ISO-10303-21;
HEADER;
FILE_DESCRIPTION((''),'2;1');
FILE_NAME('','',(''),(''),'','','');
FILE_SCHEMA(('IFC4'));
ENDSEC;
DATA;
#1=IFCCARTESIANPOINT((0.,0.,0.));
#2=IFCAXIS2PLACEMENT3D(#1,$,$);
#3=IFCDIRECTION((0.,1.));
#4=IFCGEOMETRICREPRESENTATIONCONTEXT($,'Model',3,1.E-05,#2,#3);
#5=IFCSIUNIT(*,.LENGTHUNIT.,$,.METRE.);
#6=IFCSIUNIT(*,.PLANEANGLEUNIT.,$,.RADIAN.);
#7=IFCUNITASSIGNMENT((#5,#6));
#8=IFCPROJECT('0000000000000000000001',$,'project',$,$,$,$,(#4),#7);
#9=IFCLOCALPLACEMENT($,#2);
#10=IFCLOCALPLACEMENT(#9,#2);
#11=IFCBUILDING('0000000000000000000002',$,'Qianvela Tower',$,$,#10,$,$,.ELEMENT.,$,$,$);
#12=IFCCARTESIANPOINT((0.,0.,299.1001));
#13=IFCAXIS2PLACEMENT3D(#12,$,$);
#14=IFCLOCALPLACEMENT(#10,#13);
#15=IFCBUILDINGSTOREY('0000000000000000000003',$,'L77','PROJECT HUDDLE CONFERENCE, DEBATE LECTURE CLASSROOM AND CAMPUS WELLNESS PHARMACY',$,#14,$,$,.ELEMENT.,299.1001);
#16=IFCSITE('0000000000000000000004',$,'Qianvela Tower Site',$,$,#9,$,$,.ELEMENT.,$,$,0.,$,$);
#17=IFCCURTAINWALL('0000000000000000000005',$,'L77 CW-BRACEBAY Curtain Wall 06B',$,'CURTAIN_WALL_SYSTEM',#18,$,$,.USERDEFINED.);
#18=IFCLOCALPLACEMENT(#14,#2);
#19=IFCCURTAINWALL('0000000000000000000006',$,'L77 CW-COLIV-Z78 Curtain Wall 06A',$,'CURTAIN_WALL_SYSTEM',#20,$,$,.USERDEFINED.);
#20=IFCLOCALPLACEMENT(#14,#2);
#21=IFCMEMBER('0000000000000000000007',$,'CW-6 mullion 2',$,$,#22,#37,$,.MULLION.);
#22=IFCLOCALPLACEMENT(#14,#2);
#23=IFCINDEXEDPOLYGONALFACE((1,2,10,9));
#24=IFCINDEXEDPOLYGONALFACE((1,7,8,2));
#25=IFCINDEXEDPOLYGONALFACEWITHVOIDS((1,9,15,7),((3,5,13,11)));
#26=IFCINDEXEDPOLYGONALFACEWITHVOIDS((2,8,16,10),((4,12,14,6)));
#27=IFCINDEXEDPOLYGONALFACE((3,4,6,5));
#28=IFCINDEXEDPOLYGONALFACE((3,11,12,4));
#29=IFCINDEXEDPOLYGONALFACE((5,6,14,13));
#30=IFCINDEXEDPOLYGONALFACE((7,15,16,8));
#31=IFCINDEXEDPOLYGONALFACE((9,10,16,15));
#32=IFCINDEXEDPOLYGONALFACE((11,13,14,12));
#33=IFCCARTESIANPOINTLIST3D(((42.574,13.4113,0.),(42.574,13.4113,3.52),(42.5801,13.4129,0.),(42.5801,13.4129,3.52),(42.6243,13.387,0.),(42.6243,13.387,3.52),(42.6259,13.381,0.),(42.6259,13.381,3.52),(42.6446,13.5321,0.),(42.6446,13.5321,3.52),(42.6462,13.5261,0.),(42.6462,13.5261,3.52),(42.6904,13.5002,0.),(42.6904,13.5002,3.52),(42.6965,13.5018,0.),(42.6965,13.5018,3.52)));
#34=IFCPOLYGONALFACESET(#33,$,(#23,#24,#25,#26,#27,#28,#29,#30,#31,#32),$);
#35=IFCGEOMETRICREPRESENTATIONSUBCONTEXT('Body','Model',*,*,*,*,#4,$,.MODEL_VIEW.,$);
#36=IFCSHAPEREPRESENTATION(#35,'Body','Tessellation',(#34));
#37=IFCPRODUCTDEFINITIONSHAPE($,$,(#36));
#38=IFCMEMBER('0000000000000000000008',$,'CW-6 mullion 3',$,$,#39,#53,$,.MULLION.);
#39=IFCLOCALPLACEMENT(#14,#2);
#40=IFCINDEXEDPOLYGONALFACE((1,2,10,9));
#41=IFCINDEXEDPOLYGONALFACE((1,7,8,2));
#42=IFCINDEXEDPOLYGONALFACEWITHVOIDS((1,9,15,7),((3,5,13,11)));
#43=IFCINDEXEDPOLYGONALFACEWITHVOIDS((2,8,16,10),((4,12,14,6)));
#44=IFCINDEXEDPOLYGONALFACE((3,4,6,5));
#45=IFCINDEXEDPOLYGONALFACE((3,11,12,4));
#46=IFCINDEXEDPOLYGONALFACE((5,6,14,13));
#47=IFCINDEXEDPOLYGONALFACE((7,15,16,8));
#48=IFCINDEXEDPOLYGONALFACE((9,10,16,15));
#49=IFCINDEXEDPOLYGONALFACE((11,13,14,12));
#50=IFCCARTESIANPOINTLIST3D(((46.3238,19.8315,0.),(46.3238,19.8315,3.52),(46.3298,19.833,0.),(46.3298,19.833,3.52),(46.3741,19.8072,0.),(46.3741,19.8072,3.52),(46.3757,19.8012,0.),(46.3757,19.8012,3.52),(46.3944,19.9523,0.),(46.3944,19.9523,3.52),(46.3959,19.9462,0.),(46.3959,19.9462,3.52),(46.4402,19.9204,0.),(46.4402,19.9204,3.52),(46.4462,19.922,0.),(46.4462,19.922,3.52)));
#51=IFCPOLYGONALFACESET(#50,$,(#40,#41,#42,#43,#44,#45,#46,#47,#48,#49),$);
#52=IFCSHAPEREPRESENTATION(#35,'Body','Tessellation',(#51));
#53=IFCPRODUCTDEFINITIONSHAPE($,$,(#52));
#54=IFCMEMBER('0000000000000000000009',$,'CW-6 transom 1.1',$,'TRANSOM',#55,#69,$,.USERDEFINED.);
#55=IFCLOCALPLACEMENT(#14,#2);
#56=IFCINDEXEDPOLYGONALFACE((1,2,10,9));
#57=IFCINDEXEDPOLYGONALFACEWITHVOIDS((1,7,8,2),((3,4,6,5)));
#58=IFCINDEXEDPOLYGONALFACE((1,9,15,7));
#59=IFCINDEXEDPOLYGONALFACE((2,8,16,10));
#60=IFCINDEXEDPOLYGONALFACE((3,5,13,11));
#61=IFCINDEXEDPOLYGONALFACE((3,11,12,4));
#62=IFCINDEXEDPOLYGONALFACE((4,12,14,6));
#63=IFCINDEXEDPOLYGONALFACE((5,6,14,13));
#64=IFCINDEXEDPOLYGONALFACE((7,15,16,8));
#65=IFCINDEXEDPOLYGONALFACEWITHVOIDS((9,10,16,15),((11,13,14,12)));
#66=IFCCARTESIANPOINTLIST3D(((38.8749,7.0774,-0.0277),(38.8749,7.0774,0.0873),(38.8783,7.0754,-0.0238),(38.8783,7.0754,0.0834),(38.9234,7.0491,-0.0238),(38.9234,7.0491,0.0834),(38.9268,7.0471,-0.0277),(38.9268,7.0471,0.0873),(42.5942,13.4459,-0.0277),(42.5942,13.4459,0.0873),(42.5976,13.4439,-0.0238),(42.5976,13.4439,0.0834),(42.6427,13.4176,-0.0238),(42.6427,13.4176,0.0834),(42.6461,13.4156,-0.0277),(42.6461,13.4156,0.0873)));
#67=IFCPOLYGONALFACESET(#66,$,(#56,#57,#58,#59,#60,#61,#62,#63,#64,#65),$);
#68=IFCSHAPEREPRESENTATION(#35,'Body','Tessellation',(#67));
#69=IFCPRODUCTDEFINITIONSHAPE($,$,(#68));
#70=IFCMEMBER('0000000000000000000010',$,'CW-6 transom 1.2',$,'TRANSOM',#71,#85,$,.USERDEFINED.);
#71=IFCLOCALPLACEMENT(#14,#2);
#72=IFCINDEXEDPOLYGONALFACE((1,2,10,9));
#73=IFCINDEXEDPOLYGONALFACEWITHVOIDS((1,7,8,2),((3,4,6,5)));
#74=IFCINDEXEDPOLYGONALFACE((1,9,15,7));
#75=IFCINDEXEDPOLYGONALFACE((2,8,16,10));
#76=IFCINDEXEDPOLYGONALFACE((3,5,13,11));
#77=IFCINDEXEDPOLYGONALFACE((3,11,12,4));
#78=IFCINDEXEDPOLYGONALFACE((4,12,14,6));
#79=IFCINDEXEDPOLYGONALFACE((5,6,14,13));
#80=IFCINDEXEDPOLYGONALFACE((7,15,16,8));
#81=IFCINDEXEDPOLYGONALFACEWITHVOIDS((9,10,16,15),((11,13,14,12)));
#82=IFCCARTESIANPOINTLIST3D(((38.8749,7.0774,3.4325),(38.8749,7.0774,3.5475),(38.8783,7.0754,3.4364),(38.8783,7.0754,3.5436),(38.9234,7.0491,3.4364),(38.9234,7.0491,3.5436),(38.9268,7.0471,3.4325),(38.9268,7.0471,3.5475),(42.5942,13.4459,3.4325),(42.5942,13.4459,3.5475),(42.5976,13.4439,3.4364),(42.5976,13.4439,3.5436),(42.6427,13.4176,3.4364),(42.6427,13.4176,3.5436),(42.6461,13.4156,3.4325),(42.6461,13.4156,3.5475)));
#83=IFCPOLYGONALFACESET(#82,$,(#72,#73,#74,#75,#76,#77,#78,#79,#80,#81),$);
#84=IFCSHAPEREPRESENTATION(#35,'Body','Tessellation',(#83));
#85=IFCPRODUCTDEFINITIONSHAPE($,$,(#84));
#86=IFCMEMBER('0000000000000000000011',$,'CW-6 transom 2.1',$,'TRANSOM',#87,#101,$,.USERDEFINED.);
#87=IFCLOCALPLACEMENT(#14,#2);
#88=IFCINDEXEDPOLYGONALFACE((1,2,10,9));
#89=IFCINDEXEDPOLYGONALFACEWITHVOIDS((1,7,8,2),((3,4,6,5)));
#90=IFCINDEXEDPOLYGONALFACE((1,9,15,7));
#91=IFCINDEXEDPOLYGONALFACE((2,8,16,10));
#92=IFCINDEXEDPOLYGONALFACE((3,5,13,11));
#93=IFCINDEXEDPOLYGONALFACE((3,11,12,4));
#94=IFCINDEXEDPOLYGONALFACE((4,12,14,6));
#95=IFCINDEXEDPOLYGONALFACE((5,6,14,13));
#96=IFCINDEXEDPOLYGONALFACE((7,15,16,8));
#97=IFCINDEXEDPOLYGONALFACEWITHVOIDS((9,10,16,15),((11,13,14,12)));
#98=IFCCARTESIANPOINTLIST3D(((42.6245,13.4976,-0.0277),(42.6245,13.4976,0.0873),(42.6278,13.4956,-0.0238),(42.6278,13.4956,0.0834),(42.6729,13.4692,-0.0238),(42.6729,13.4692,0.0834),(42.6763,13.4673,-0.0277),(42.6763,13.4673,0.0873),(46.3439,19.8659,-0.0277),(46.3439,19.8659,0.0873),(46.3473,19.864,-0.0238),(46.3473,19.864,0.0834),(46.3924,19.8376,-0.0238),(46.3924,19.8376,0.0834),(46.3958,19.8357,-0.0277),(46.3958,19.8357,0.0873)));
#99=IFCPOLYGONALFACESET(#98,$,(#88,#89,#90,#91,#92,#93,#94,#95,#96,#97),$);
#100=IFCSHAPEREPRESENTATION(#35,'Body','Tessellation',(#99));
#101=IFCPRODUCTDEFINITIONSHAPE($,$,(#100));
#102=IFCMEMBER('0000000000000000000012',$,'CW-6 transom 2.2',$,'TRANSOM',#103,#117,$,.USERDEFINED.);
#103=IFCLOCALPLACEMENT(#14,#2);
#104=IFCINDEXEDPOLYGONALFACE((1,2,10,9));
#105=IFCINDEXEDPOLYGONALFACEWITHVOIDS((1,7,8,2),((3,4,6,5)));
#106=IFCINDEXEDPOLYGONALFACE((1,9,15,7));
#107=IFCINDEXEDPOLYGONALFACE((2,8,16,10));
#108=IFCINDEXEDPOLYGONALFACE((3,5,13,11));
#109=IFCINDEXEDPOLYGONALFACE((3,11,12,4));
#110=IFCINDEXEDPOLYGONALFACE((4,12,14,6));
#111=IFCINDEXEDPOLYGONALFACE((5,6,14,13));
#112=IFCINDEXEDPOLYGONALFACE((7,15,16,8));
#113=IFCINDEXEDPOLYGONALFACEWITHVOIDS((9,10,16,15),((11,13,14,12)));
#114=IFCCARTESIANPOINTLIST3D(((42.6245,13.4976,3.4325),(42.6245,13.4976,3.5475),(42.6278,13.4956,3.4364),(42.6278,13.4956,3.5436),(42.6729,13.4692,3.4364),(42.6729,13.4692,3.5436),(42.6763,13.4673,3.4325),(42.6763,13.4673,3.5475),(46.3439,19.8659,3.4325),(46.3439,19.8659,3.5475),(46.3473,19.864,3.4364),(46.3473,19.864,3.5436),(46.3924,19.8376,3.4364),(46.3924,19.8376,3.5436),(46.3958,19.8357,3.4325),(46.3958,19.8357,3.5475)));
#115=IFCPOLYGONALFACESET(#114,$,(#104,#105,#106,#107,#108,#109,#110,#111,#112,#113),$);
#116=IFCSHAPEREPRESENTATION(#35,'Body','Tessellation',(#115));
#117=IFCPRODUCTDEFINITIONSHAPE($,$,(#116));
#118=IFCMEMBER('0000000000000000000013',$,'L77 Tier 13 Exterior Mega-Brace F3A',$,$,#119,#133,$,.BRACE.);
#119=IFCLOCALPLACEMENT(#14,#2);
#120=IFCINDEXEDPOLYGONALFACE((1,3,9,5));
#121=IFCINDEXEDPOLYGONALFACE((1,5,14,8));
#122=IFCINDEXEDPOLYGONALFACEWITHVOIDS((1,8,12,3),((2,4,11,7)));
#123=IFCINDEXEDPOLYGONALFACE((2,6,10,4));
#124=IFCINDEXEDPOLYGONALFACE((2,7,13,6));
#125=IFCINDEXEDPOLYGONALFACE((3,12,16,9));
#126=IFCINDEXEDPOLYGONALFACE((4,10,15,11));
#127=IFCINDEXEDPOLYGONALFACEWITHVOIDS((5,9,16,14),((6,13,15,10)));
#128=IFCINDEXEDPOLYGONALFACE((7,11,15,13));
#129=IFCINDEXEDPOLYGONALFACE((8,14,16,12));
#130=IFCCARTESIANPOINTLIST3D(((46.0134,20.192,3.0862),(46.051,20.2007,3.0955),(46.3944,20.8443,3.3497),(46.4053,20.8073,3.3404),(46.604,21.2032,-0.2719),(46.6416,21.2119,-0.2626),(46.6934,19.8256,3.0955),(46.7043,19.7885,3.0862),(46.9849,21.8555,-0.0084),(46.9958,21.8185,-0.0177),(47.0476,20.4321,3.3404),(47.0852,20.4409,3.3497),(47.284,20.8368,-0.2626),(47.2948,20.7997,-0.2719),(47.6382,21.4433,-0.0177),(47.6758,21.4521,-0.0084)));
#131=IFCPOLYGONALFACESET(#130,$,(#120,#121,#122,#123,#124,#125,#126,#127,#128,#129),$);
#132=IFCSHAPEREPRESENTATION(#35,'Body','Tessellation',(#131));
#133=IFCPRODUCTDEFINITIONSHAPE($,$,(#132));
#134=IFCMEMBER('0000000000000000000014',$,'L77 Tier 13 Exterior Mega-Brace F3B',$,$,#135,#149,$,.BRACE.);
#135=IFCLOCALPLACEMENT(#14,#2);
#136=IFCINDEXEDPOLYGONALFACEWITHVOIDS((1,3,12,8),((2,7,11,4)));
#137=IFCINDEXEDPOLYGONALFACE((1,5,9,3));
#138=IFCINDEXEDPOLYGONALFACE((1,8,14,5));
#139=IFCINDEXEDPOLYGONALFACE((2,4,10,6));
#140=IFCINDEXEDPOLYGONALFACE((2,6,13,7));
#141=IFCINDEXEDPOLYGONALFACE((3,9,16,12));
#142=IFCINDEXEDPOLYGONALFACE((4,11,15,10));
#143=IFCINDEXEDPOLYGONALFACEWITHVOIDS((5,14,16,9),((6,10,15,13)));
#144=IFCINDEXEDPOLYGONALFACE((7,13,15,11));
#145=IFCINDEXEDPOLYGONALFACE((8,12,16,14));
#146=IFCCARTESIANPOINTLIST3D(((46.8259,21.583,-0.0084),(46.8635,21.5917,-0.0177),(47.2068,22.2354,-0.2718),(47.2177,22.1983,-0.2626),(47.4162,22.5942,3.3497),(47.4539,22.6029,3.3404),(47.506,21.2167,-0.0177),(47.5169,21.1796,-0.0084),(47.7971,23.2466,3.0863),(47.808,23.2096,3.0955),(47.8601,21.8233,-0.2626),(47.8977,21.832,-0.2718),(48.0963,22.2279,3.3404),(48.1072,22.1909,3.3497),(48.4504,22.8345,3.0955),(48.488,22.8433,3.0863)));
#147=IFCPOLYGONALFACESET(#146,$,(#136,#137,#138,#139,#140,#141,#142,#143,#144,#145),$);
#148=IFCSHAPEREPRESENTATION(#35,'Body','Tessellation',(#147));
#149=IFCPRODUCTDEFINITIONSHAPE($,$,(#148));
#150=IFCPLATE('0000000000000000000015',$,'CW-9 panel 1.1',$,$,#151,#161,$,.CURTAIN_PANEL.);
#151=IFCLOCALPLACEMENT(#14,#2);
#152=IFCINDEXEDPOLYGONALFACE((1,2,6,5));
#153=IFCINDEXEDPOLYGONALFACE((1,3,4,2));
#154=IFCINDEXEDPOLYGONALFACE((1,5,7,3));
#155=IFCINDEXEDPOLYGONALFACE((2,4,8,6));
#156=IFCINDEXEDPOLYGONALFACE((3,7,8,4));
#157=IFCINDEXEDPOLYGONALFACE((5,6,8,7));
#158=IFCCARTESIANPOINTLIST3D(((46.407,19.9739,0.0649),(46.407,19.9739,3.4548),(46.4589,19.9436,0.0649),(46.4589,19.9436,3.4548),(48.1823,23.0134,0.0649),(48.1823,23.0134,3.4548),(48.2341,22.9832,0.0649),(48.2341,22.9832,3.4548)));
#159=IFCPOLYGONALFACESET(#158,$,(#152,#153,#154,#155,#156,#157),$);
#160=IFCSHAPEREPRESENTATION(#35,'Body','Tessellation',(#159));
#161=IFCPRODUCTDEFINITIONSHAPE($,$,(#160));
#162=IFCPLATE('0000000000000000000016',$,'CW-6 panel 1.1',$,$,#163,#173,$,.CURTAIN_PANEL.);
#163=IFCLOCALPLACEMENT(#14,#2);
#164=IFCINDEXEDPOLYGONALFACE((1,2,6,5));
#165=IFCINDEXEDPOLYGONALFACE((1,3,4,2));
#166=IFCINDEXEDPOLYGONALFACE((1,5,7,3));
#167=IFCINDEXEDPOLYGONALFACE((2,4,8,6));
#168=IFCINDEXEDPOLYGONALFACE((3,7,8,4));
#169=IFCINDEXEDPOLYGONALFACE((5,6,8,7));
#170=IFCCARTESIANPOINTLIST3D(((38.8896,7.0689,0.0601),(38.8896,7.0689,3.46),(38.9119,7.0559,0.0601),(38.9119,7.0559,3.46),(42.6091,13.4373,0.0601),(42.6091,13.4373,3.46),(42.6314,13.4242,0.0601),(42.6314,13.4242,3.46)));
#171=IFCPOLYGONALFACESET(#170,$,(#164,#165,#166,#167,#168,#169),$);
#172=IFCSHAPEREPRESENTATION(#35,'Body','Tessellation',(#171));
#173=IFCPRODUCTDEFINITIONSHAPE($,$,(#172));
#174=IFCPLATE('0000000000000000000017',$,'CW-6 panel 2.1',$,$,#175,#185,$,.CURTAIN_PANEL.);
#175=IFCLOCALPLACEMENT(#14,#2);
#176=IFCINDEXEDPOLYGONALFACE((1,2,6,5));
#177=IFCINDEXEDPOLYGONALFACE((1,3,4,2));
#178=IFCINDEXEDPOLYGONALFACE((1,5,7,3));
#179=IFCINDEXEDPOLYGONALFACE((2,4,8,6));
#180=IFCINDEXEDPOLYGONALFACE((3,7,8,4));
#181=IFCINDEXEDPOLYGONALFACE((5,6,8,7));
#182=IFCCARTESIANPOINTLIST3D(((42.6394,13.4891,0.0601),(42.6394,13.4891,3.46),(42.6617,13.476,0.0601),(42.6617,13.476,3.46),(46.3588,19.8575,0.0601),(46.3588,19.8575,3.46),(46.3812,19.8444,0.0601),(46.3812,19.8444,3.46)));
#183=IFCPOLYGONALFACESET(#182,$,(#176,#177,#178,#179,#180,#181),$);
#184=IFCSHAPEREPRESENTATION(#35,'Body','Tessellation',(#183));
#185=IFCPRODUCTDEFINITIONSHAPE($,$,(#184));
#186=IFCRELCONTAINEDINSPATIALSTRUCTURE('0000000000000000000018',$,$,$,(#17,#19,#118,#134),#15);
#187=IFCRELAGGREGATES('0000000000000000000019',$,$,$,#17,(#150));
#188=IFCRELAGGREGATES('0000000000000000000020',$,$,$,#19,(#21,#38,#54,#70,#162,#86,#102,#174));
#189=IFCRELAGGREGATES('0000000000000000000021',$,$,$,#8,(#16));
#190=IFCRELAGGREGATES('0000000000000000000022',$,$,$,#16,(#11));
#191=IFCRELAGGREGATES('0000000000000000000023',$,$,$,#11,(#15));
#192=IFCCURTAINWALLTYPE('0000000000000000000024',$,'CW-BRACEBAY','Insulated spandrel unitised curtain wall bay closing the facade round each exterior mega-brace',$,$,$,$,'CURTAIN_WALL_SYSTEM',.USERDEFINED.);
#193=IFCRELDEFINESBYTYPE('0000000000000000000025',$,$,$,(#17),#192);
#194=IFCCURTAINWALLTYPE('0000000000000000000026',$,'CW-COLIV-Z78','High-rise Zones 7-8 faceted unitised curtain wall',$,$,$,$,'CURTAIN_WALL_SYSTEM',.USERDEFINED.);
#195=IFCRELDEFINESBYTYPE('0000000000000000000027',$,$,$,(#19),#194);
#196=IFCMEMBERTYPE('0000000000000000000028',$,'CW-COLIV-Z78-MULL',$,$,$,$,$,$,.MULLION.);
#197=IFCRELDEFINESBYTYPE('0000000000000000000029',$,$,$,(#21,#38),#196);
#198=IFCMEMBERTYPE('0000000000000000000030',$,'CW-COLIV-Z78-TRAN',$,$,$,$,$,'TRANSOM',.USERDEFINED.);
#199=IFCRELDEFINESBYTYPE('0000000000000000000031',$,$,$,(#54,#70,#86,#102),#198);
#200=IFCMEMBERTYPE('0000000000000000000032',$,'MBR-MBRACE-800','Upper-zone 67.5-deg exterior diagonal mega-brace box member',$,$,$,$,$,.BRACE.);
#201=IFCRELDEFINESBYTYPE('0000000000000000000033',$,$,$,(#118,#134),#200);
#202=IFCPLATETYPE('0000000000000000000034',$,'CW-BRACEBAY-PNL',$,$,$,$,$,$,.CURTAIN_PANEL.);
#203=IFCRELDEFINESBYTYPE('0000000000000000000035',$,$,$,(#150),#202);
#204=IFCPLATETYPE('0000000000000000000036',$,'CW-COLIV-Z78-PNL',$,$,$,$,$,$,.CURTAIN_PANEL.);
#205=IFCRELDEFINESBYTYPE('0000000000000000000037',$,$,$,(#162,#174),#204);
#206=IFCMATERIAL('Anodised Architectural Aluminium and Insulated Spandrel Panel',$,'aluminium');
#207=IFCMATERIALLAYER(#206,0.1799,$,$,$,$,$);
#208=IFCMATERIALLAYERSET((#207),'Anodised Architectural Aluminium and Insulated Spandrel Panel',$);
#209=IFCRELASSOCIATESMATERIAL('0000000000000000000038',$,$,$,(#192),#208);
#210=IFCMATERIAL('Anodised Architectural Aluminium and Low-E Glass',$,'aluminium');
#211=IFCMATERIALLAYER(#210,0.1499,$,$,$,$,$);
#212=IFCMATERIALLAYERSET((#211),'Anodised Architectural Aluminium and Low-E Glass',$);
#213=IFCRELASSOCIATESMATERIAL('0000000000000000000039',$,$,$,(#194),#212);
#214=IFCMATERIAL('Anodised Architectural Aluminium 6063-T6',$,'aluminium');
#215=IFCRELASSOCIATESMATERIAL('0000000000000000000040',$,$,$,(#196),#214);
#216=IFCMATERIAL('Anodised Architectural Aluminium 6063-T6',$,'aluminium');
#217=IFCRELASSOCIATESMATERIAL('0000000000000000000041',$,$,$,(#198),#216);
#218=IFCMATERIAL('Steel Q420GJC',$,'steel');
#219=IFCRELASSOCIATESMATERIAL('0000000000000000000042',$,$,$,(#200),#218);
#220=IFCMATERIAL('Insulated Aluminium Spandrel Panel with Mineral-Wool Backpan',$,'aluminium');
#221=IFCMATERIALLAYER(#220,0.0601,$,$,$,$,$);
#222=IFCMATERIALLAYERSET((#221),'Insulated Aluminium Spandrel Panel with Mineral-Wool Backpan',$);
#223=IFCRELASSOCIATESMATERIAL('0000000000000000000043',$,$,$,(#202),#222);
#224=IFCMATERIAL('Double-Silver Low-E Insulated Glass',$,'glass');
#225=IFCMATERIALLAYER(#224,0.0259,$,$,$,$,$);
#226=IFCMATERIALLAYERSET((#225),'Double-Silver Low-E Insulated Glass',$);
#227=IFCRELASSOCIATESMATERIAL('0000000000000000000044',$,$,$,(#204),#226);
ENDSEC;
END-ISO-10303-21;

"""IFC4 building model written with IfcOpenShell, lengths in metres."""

from ifc_helpers import new_model, si_unit, direction, frame, origin, origin_2d, place, context, subcontext, project, spatial, rectangle, hollow_rectangle, extrude, material, layer, layer_set, material_profile, profile_set, type_object, element, aggregate, save


model = new_model("IFC4")

# Units and contexts
model_context = context("Model", 3, precision=1e-05, world=origin(), true_north=direction((0.0, 1.0)))
body_context = subcontext(model_context, "Body", "Model", "MODEL_VIEW")
ifc_project = project(units=[si_unit("LENGTHUNIT", "METRE"), si_unit("PLANEANGLEUNIT", "RADIAN")], contexts=[model_context])

# Site, building, storey
site_placement = place(None, origin())
site = spatial("IfcSite", under=ifc_project, at=site_placement, Name="Qianvela Tower Site", CompositionType="ELEMENT", RefElevation=0.0)
building_placement = place(site_placement, origin())
building = spatial("IfcBuilding", under=site, at=building_placement, Name="Qianvela Tower", CompositionType="ELEMENT")
storey_placement = place(building_placement, frame((0.0, 0.0, 299.1001)))
storey = spatial("IfcBuildingStorey", under=building, at=storey_placement, Name="L77", Description="PROJECT HUDDLE CONFERENCE, DEBATE LECTURE CLASSROOM AND CAMPUS WELLNESS PHARMACY", CompositionType="ELEMENT", Elevation=299.1001)

# Curtain walls, members
ifc_material_1 = material(Name="Anodised Architectural Aluminium and Insulated Spandrel Panel", Category="aluminium")
ifc_layer_1 = layer(ifc_material_1, 0.1799)
ifc_layer_set_1 = layer_set([ifc_layer_1], Name="Anodised Architectural Aluminium and Insulated Spandrel Panel")
curtain_wall_type_1 = type_object("IfcCurtainWallType", Name="CW-BRACEBAY", Description="Insulated spandrel unitised curtain wall bay closing the facade round each exterior mega-brace", ElementType="CURTAIN_WALL_SYSTEM", PredefinedType="USERDEFINED", material=ifc_layer_set_1)
curtain_wall_1_placement = place(storey_placement, origin())
curtain_wall_1 = element("IfcCurtainWall", 1, at=curtain_wall_1_placement, inside=storey, type_object=curtain_wall_type_1, Name="L77 CW-BRACEBAY Curtain Wall 06B", ObjectType="CURTAIN_WALL_SYSTEM", PredefinedType="USERDEFINED")
ifc_material_2 = material(Name="Anodised Architectural Aluminium and Low-E Glass", Category="aluminium")
ifc_layer_2 = layer(ifc_material_2, 0.1499)
ifc_layer_set_2 = layer_set([ifc_layer_2], Name="Anodised Architectural Aluminium and Low-E Glass")
curtain_wall_type_2 = type_object("IfcCurtainWallType", Name="CW-COLIV-Z78", Description="High-rise Zones 7-8 faceted unitised curtain wall", ElementType="CURTAIN_WALL_SYSTEM", PredefinedType="USERDEFINED", material=ifc_layer_set_2)
curtain_wall_2_placement = place(storey_placement, origin())
curtain_wall_2 = element("IfcCurtainWall", 2, at=curtain_wall_2_placement, inside=storey, type_object=curtain_wall_type_2, Name="L77 CW-COLIV-Z78 Curtain Wall 06A", ObjectType="CURTAIN_WALL_SYSTEM", PredefinedType="USERDEFINED")
ifc_material_3 = material(Name="Anodised Architectural Aluminium 6063-T6", Category="aluminium")
ifc_material_profile_1 = material_profile(ifc_material_3, hollow_rectangle(XDim=0.0601, YDim=0.1399, WallThickness=0.0044, at=origin_2d()), Name="ALU-MULL-60x140")
ifc_profile_set_1 = profile_set([ifc_material_profile_1], Name="Anodised Architectural Aluminium 6063-T6")
member_type_1 = type_object("IfcMemberType", Name="CW-COLIV-Z78-MULL", PredefinedType="MULLION", material=ifc_profile_set_1)
member_1_placement = place(storey_placement, frame((42.6353, 13.4565, 0.0), z_axis=(0.0, 0.0, 1.0), x_axis=(-0.863509, 0.504333, 0.0)))
member_1 = element("IfcMember", 3, at=member_1_placement, type_object=member_type_1, Name="CW-6 mullion 2", PredefinedType="MULLION", context=body_context, shape_type="SweptSolid", body=[
    extrude(hollow_rectangle(XDim=0.0601, YDim=0.1399, WallThickness=0.0044, at=origin_2d()), origin(), (0.0, 0.0, 1.0), 3.52),
])
member_2_placement = place(storey_placement, frame((46.385, 19.8767, 0.0), z_axis=(0.0, 0.0, 1.0), x_axis=(-0.863509, 0.504333, 0.0)))
member_2 = element("IfcMember", 4, at=member_2_placement, type_object=member_type_1, Name="CW-6 mullion 3", PredefinedType="MULLION", context=body_context, shape_type="SweptSolid", body=[
    extrude(hollow_rectangle(XDim=0.0601, YDim=0.1399, WallThickness=0.0044, at=origin_2d()), origin(), (0.0, 0.0, 1.0), 3.52),
])
ifc_material_4 = material(Name="Anodised Architectural Aluminium 6063-T6", Category="aluminium")
ifc_material_profile_2 = material_profile(ifc_material_4, hollow_rectangle(XDim=0.0601, YDim=0.115, WallThickness=0.0039, at=origin_2d()), Name="ALU-TRAN-60x115")
ifc_profile_set_2 = profile_set([ifc_material_profile_2], Name="Anodised Architectural Aluminium 6063-T6")
member_type_2 = type_object("IfcMemberType", Name="CW-COLIV-Z78-TRAN", ElementType="TRANSOM", PredefinedType="USERDEFINED", material=ifc_profile_set_2)
member_3_placement = place(storey_placement, frame((38.9009, 7.0623, 0.0298), z_axis=(0.504309, 0.863523, 0.0), x_axis=(-0.863523, 0.504309, 0.0)))
member_3 = element("IfcMember", 5, at=member_3_placement, type_object=member_type_2, Name="CW-6 transom 1.1", ObjectType="TRANSOM", PredefinedType="USERDEFINED", context=body_context, shape_type="SweptSolid", body=[
    extrude(hollow_rectangle(XDim=0.0601, YDim=0.115, WallThickness=0.0039, at=origin_2d()), origin(), (0.0, 0.0, 1.0), 7.375),
])
member_4_placement = place(storey_placement, frame((38.9009, 7.0623, 3.49), z_axis=(0.504309, 0.863523, 0.0), x_axis=(-0.863523, 0.504309, 0.0)))
member_4 = element("IfcMember", 6, at=member_4_placement, type_object=member_type_2, Name="CW-6 transom 1.2", ObjectType="TRANSOM", PredefinedType="USERDEFINED", context=body_context, shape_type="SweptSolid", body=[
    extrude(hollow_rectangle(XDim=0.0601, YDim=0.115, WallThickness=0.0039, at=origin_2d()), origin(), (0.0, 0.0, 1.0), 7.375),
])
member_5_placement = place(storey_placement, frame((42.6504, 13.4824, 0.0298), z_axis=(0.504334, 0.863509, 0.0), x_axis=(-0.863509, 0.504334, 0.0)))
member_5 = element("IfcMember", 7, at=member_5_placement, type_object=member_type_2, Name="CW-6 transom 2.1", ObjectType="TRANSOM", PredefinedType="USERDEFINED", context=body_context, shape_type="SweptSolid", body=[
    extrude(hollow_rectangle(XDim=0.0601, YDim=0.115, WallThickness=0.0039, at=origin_2d()), origin(), (0.0, 0.0, 1.0), 7.375),
])
member_6_placement = place(storey_placement, frame((42.6504, 13.4824, 3.49), z_axis=(0.504334, 0.863509, 0.0), x_axis=(-0.863509, 0.504334, 0.0)))
member_6 = element("IfcMember", 8, at=member_6_placement, type_object=member_type_2, Name="CW-6 transom 2.2", ObjectType="TRANSOM", PredefinedType="USERDEFINED", context=body_context, shape_type="SweptSolid", body=[
    extrude(hollow_rectangle(XDim=0.0601, YDim=0.115, WallThickness=0.0039, at=origin_2d()), origin(), (0.0, 0.0, 1.0), 7.375),
])

# Members
ifc_material_5 = material(Name="Steel Q420GJC", Category="steel")
ifc_material_profile_3 = material_profile(ifc_material_5, hollow_rectangle(XDim=0.8, YDim=0.8, WallThickness=0.0281, at=origin_2d()), Name="MBOX-800x800x28")
ifc_profile_set_3 = profile_set([ifc_material_profile_3], Name="Steel Q420GJC")
member_type_3 = type_object("IfcMemberType", Name="MBR-MBRACE-800", Description="Upper-zone 67.5-deg exterior diagonal mega-brace box member", PredefinedType="BRACE", material=ifc_profile_set_3)
for number, where, z_axis, x_axis, name in (
    (9, (47.1399, 21.3276, -0.1401), (-0.166056, -0.284334, 0.944235), (0.863522, -0.504312, 0.0), "L77 Tier 13 Exterior Mega-Brace F3A"),
    (10, (47.3618, 21.7075, -0.1401), (0.16599, 0.284338, 0.944246), (-0.863612, 0.504156, 0.0), "L77 Tier 13 Exterior Mega-Brace F3B"),
):
    element("IfcMember", number, at=place(storey_placement, frame(where, z_axis=z_axis, x_axis=x_axis)), inside=storey, type_object=member_type_3, Name=name, PredefinedType="BRACE", context=body_context, shape_type="SweptSolid", body=[
        extrude(hollow_rectangle(XDim=0.8, YDim=0.8, WallThickness=0.0281, at=origin_2d()), origin(), (0.0, 0.0, 1.0), 3.5564),
    ])

# Plates
ifc_material_6 = material(Name="Insulated Aluminium Spandrel Panel with Mineral-Wool Backpan", Category="aluminium")
ifc_layer_3 = layer(ifc_material_6, 0.0601)
ifc_layer_set_3 = layer_set([ifc_layer_3], Name="Insulated Aluminium Spandrel Panel with Mineral-Wool Backpan")
plate_type_1 = type_object("IfcPlateType", Name="CW-BRACEBAY-PNL", PredefinedType="CURTAIN_PANEL", material=ifc_layer_set_3)
plate_1_placement = place(storey_placement, frame((47.3206, 21.4785, 0.0649), z_axis=(0.0, 0.0, 1.0), x_axis=(0.504331, 0.86351, 0.0)))
plate_1 = element("IfcPlate", 11, at=plate_1_placement, type_object=plate_type_1, Name="CW-9 panel 1.1", PredefinedType="CURTAIN_PANEL", context=body_context, shape_type="SweptSolid", body=[
    extrude(rectangle(XDim=3.52, YDim=0.0601, at=origin_2d()), origin(), (0.0, 0.0, 1.0), 3.3899),
])
aggregate(curtain_wall_1, [plate_1])
ifc_material_7 = material(Name="Double-Silver Low-E Insulated Glass", Category="glass")
ifc_layer_4 = layer(ifc_material_7, 0.0259)
ifc_layer_set_4 = layer_set([ifc_layer_4], Name="Double-Silver Low-E Insulated Glass")
plate_type_2 = type_object("IfcPlateType", Name="CW-COLIV-Z78-PNL", PredefinedType="CURTAIN_PANEL", material=ifc_layer_set_4)
plate_2_placement = place(storey_placement, frame((40.7605, 10.2466, 0.0601), z_axis=(0.0, 0.0, 1.0), x_axis=(0.504333, 0.863509, 0.0)))
plate_2 = element("IfcPlate", 12, at=plate_2_placement, type_object=plate_type_2, Name="CW-6 panel 1.1", PredefinedType="CURTAIN_PANEL", context=body_context, shape_type="SweptSolid", body=[
    extrude(rectangle(XDim=7.375, YDim=0.0259, at=origin_2d()), origin(), (0.0, 0.0, 1.0), 3.3999),
])
plate_3_placement = place(storey_placement, frame((44.5103, 16.6667, 0.0601), z_axis=(0.0, 0.0, 1.0), x_axis=(0.504333, 0.863509, 0.0)))
plate_3 = element("IfcPlate", 13, at=plate_3_placement, type_object=plate_type_2, Name="CW-6 panel 2.1", PredefinedType="CURTAIN_PANEL", context=body_context, shape_type="SweptSolid", body=[
    extrude(rectangle(XDim=7.375, YDim=0.0259, at=origin_2d()), origin(), (0.0, 0.0, 1.0), 3.3999),
])
aggregate(curtain_wall_2, [member_1, member_2, member_3, member_4, plate_2, member_5, member_6, plate_3])

save(model, "model.ifc")
